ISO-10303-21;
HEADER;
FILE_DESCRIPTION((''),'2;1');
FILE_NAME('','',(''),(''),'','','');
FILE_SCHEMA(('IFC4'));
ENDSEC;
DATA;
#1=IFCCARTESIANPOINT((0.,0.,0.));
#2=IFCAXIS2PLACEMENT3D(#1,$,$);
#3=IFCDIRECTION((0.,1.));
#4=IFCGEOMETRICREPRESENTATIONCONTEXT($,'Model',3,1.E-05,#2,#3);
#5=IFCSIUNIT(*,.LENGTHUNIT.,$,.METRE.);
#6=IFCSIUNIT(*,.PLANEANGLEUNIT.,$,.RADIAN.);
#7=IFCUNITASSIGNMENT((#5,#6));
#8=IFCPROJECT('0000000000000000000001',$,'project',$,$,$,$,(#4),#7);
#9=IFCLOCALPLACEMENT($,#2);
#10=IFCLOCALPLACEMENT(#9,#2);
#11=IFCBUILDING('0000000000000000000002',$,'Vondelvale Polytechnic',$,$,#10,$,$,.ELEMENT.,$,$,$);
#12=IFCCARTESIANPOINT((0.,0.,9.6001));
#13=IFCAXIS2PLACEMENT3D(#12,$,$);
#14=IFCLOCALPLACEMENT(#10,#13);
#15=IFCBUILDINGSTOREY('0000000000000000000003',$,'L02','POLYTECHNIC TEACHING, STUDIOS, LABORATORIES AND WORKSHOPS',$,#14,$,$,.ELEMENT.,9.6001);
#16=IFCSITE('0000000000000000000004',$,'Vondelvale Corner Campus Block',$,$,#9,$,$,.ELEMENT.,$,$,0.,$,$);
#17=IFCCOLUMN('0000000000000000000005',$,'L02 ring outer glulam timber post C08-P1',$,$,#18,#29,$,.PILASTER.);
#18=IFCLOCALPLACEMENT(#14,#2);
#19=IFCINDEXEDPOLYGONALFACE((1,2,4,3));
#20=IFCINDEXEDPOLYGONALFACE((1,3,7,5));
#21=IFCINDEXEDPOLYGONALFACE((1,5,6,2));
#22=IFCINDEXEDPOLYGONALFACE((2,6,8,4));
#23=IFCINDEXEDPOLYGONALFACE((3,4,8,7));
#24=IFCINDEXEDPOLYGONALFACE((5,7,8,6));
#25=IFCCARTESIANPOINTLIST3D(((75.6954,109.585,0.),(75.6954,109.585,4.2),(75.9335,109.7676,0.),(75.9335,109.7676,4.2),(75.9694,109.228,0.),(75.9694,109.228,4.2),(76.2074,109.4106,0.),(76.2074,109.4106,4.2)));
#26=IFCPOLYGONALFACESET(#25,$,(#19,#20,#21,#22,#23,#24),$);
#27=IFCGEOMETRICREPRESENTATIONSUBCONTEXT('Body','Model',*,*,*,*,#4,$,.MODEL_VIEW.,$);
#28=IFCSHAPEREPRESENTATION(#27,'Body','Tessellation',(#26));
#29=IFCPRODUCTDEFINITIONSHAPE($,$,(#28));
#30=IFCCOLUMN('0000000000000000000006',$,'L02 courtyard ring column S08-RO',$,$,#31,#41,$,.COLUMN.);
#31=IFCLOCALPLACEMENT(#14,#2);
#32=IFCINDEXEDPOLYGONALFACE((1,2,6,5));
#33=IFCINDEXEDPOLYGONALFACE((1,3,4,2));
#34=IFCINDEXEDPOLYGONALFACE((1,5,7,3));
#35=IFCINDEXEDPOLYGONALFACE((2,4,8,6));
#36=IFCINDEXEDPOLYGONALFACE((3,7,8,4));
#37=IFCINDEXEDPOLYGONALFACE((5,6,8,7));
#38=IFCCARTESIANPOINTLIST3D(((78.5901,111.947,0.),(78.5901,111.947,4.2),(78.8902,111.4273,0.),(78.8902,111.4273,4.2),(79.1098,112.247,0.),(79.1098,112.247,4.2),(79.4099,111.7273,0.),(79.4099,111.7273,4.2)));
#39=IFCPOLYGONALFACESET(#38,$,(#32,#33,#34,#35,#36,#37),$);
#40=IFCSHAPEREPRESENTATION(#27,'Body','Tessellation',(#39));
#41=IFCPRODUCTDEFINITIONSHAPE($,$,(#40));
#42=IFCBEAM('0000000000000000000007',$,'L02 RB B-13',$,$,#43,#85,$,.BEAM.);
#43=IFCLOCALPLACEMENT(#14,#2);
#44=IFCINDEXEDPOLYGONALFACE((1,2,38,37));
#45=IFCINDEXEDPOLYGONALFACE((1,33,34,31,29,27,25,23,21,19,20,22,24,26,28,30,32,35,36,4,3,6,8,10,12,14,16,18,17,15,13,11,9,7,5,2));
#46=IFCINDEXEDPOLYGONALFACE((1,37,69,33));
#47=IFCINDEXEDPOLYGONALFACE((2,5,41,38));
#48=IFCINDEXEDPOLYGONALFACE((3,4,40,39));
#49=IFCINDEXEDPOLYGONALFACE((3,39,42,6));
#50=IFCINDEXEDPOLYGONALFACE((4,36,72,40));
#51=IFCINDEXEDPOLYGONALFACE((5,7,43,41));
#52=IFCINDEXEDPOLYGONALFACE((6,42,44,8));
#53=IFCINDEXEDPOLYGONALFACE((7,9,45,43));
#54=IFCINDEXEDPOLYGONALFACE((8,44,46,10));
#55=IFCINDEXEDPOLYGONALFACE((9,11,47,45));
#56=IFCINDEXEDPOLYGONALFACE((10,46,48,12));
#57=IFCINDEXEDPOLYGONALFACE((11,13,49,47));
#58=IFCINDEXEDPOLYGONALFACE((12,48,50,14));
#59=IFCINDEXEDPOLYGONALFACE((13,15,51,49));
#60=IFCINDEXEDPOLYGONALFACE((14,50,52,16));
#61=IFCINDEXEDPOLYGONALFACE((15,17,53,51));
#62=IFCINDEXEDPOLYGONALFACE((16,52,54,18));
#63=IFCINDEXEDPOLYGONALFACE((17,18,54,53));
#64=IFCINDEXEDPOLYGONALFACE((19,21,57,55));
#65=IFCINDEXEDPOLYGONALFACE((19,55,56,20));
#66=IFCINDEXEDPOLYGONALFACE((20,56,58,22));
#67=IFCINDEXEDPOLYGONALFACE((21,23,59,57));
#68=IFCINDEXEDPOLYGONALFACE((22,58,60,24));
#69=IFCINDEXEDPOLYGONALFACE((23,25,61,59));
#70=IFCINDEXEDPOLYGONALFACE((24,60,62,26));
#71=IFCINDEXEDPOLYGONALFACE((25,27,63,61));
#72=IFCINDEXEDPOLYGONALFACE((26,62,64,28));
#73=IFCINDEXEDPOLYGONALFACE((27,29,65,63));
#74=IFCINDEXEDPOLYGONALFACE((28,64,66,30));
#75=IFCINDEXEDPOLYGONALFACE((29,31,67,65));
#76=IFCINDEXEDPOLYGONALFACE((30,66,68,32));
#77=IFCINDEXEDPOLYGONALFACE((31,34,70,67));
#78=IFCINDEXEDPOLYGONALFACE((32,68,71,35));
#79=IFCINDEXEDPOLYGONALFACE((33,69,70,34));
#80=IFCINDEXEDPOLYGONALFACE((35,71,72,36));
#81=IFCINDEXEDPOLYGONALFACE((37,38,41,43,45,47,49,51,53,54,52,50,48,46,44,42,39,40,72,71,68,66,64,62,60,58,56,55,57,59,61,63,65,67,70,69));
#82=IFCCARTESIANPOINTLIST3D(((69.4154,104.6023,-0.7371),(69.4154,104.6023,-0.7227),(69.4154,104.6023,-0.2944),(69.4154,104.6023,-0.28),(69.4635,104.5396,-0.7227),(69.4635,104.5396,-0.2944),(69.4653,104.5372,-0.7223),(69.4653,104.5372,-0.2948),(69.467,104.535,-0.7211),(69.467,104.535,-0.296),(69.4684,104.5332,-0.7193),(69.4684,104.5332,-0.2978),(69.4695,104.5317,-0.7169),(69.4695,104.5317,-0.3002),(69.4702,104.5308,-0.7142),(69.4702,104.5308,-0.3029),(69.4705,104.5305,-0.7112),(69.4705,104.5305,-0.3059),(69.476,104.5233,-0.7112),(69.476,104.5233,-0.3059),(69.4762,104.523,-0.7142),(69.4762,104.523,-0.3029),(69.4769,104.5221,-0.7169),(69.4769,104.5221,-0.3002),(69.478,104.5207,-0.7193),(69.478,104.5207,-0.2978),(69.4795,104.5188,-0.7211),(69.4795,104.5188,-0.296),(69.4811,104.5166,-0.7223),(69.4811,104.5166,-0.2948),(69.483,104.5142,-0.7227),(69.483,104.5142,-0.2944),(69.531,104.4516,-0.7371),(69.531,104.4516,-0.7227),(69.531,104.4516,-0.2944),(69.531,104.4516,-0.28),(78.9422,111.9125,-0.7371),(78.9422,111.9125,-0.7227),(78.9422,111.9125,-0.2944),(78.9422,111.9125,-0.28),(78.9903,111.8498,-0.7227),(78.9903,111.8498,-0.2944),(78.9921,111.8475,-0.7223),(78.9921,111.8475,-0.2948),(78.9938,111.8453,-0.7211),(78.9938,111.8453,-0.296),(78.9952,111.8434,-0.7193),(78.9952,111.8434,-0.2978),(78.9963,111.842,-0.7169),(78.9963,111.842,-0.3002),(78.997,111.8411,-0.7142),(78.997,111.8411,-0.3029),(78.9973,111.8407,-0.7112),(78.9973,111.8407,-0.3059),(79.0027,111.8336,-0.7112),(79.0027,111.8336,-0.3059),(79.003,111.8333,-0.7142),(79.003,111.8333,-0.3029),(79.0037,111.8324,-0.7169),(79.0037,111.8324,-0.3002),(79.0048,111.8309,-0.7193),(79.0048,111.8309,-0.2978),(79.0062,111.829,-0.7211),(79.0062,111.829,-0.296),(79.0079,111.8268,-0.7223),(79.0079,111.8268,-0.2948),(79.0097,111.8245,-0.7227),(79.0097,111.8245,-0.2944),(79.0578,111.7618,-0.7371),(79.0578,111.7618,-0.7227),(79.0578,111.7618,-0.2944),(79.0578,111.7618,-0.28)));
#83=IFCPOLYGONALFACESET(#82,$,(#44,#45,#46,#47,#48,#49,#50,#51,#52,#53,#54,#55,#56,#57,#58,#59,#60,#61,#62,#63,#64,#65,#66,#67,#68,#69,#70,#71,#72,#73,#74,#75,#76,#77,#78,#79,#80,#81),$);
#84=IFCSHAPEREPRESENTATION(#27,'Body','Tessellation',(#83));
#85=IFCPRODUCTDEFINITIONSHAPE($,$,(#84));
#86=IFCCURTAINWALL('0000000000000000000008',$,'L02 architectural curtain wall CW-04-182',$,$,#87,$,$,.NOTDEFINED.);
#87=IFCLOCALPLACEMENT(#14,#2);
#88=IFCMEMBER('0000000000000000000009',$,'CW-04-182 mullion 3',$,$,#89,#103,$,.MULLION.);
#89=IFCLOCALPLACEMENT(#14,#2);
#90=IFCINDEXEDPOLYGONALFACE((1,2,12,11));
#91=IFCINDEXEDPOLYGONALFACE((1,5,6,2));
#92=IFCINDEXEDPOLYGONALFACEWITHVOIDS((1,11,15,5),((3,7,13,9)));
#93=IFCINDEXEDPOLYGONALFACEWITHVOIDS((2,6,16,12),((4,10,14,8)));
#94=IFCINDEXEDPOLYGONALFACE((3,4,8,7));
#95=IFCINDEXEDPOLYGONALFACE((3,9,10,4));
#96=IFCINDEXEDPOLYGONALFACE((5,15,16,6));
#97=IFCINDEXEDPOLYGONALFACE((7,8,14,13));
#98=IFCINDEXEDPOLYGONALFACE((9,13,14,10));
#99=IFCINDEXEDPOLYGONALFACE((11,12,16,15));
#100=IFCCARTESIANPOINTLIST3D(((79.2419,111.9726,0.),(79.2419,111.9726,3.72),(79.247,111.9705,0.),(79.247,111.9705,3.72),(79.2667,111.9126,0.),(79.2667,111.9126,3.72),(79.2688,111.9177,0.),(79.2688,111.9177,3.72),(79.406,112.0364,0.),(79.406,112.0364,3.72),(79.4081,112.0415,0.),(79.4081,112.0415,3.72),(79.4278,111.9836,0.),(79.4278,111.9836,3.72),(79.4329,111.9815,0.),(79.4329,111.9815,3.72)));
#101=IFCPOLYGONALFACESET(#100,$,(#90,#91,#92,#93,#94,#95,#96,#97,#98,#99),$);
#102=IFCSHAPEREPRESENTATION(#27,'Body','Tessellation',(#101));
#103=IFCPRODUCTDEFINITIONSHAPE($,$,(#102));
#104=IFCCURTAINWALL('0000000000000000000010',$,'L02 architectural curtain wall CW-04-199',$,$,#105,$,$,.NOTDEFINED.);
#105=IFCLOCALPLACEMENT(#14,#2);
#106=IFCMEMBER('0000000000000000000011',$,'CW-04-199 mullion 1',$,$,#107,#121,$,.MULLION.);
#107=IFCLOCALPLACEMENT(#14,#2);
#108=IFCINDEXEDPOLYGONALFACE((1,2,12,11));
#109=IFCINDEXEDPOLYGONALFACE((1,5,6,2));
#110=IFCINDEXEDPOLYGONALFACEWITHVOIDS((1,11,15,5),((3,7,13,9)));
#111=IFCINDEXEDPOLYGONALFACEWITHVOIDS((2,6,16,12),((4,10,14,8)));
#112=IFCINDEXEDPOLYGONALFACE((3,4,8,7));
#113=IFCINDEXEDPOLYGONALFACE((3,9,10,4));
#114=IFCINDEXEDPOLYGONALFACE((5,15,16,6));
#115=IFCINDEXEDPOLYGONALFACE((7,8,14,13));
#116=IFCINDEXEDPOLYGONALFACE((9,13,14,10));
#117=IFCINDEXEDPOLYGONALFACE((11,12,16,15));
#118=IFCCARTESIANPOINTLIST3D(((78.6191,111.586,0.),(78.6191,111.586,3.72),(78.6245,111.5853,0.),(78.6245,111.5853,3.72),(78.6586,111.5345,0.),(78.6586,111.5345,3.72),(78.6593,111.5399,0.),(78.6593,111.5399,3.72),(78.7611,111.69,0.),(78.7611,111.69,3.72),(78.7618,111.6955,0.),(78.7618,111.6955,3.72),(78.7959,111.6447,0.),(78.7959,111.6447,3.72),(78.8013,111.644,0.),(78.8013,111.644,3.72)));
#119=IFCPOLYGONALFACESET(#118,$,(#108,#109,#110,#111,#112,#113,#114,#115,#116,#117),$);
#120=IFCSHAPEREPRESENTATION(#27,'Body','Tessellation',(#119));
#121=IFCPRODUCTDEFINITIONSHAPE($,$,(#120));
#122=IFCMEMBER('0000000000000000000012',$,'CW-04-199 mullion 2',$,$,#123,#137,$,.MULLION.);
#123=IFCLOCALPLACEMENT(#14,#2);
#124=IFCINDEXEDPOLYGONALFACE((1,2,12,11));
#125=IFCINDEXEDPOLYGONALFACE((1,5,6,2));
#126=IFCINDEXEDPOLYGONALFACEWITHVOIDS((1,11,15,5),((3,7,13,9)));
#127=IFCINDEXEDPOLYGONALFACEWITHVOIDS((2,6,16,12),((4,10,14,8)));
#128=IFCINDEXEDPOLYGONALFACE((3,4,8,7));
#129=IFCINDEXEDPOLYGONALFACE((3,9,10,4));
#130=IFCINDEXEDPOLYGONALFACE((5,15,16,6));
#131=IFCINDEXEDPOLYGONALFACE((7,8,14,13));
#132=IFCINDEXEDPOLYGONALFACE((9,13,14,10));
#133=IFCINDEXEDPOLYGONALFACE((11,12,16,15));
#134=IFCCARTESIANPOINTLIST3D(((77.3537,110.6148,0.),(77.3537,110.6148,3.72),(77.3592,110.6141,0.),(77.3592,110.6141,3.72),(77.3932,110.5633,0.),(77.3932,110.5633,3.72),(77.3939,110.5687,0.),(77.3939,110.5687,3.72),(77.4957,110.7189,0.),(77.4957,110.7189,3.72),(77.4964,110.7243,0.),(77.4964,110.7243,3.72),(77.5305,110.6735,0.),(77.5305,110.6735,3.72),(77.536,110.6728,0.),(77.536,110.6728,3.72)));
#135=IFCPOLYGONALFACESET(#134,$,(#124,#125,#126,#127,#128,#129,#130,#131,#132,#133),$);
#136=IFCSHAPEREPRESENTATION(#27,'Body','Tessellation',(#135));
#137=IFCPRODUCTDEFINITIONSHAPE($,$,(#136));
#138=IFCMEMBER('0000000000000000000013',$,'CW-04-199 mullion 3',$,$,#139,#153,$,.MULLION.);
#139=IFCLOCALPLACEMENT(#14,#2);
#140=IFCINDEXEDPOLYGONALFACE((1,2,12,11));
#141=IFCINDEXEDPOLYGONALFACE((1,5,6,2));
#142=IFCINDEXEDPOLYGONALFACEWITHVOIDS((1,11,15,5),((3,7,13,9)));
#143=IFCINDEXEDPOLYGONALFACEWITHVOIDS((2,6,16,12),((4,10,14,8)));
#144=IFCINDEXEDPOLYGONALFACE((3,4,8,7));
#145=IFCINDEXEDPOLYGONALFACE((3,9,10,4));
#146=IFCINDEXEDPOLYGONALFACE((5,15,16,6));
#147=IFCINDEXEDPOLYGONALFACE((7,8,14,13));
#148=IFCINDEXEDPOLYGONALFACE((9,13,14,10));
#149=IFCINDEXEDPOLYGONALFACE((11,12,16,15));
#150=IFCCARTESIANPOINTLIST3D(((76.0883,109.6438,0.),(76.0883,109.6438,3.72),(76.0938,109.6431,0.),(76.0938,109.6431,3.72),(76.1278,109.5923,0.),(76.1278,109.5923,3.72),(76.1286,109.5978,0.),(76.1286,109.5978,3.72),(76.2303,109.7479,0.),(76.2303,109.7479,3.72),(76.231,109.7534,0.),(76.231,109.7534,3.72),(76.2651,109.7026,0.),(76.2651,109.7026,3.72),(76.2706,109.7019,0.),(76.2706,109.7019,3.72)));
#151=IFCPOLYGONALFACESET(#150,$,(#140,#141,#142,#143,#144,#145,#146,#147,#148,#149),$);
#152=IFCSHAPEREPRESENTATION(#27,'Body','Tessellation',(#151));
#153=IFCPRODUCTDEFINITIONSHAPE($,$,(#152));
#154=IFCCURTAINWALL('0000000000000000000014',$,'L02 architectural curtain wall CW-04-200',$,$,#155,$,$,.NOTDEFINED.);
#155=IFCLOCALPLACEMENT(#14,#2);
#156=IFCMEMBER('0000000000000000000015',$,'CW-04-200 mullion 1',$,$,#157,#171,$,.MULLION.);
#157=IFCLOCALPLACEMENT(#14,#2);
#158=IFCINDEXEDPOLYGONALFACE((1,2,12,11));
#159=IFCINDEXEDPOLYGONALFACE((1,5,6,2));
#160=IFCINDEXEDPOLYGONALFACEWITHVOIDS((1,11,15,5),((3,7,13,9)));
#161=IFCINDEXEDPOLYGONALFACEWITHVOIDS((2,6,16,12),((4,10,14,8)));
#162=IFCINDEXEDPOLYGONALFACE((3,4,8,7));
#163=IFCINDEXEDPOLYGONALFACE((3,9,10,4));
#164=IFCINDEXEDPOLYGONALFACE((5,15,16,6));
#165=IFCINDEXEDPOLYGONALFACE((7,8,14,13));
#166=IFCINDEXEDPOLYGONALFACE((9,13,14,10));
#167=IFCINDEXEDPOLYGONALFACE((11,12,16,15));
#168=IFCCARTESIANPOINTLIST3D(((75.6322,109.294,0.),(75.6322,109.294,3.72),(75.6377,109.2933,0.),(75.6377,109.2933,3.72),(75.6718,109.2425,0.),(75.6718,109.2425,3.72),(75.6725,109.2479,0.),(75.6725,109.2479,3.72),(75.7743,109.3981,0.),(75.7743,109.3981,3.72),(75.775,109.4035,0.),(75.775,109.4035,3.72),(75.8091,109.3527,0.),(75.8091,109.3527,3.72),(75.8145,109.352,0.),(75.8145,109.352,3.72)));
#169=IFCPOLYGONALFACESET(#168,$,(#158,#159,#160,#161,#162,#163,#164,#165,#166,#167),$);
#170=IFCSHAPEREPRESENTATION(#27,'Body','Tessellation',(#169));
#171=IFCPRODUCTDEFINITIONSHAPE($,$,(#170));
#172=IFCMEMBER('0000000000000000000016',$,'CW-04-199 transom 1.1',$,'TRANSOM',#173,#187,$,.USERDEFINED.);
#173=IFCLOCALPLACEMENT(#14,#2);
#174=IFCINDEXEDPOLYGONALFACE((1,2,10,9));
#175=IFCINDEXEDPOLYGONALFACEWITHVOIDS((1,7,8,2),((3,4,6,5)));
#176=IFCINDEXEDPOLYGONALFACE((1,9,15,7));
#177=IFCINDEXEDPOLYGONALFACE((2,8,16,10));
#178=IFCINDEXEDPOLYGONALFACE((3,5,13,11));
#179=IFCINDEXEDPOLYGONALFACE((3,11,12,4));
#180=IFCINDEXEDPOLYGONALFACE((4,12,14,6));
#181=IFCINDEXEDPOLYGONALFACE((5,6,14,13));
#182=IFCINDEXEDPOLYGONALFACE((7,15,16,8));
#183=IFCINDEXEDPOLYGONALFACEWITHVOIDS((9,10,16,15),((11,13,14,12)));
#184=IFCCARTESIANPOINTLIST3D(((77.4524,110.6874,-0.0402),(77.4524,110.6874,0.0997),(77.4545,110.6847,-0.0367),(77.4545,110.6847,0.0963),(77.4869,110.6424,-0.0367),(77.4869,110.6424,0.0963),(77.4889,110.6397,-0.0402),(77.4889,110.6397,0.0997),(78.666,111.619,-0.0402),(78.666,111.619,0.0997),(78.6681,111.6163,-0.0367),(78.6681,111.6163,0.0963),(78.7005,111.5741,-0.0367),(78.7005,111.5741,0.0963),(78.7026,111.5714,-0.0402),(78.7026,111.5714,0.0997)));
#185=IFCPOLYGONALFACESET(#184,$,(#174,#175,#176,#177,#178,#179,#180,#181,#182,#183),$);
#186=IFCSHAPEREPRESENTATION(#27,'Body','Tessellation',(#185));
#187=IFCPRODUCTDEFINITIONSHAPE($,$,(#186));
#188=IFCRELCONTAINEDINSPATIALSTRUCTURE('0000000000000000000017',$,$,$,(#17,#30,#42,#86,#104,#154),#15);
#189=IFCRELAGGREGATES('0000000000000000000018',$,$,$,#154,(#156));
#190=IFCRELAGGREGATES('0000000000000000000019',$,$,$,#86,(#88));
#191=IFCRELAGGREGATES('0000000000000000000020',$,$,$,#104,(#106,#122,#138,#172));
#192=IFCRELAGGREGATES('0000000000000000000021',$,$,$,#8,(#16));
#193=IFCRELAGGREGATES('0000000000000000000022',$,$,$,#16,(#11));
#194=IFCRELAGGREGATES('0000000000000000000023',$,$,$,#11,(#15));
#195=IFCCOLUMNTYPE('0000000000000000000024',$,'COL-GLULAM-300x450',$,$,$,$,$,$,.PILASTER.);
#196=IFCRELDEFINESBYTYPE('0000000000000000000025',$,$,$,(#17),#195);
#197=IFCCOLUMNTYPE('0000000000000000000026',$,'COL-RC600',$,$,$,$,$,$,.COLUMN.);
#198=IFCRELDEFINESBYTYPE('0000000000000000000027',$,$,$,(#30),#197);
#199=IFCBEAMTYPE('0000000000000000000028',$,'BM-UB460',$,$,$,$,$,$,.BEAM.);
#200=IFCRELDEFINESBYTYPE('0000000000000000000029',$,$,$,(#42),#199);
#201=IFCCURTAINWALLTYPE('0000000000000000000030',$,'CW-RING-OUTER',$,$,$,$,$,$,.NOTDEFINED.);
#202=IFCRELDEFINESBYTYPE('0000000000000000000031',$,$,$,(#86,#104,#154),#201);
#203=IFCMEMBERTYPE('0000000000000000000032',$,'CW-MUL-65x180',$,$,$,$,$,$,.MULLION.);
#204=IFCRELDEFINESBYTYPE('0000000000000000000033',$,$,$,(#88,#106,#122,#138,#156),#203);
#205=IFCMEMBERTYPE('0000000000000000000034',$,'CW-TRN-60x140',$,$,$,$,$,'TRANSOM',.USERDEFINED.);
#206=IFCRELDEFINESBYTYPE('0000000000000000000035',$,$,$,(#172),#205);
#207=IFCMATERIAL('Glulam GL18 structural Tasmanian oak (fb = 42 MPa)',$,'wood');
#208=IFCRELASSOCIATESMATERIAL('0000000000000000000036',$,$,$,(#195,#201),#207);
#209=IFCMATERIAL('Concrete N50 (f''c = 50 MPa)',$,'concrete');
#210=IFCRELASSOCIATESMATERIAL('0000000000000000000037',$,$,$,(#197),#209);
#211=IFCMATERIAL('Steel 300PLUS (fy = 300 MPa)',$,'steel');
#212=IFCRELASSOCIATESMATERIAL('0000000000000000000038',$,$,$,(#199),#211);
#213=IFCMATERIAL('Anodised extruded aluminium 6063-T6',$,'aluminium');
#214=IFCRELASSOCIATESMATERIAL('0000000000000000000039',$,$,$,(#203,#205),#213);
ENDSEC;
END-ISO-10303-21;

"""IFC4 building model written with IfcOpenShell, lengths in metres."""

from ifc_helpers import new_model, si_unit, direction, frame, origin, origin_2d, place, context, subcontext, project, spatial, rectangle, hollow_rectangle, i_section, extrude, material, material_profile, profile_set, type_object, element, aggregate, save


model = new_model("IFC4")

# Units and contexts
model_context = context("Model", 3, precision=1e-05, world=origin(), true_north=direction((0.0, 1.0)))
body_context = subcontext(model_context, "Body", "Model", "MODEL_VIEW")
ifc_project = project(units=[si_unit("LENGTHUNIT", "METRE"), si_unit("PLANEANGLEUNIT", "RADIAN")], contexts=[model_context])

# Site, building, storey
site_placement = place(None, origin())
site = spatial("IfcSite", under=ifc_project, at=site_placement, Name="Vondelvale Corner Campus Block", CompositionType="ELEMENT", RefElevation=0.0)
building_placement = place(site_placement, origin())
building = spatial("IfcBuilding", under=site, at=building_placement, Name="Vondelvale Polytechnic", CompositionType="ELEMENT")
storey_placement = place(building_placement, frame((0.0, 0.0, 9.6001)))
storey = spatial("IfcBuildingStorey", under=building, at=storey_placement, Name="L02", Description="POLYTECHNIC TEACHING, STUDIOS, LABORATORIES AND WORKSHOPS", CompositionType="ELEMENT", Elevation=9.6001)

# Columns
ifc_material_1 = material(Name="Glulam GL18 structural Tasmanian oak (fb = 42 MPa)", Category="wood")
ifc_material_profile_1 = material_profile(ifc_material_1, rectangle(XDim=0.3, YDim=0.45, at=origin_2d()), Name="GL-POST-300x450")
ifc_profile_set_1 = profile_set([ifc_material_profile_1], Name="Glulam GL18 structural Tasmanian oak (fb = 42 MPa)")
column_type_1 = type_object("IfcColumnType", Name="COL-GLULAM-300x450", PredefinedType="PILASTER", material=ifc_profile_set_1)
column_1_placement = place(storey_placement, frame((75.9514, 109.4978, 0.0), z_axis=(0.0, 0.0, 1.0), x_axis=(0.793353, 0.608761, 0.0)))
element("IfcColumn", 1, at=column_1_placement, inside=storey, type_object=column_type_1, Name="L02 ring outer glulam timber post C08-P1", PredefinedType="PILASTER", context=body_context, shape_type="SweptSolid", body=[
    extrude(rectangle(XDim=0.3, YDim=0.45, at=origin_2d()), origin(), (0.0, 0.0, 1.0), 4.2),
])
ifc_material_2 = material(Name="Concrete N50 (f'c = 50 MPa)", Category="concrete")
ifc_material_profile_2 = material_profile(ifc_material_2, rectangle(XDim=0.6001, YDim=0.6001, at=origin_2d()), Name="RC-COL-600x600")
ifc_profile_set_2 = profile_set([ifc_material_profile_2], Name="Concrete N50 (f'c = 50 MPa)")
column_type_2 = type_object("IfcColumnType", Name="COL-RC600", PredefinedType="COLUMN", material=ifc_profile_set_2)
column_2_placement = place(storey_placement, frame((79.0, 111.8372, 0.0), z_axis=(0.0, 0.0, 1.0), x_axis=(-0.5, 0.866025, 0.0)))
element("IfcColumn", 2, at=column_2_placement, inside=storey, type_object=column_type_2, Name="L02 courtyard ring column S08-RO", PredefinedType="COLUMN", context=body_context, shape_type="SweptSolid", body=[
    extrude(rectangle(XDim=0.6001, YDim=0.6001, at=origin_2d()), origin(), (0.0, 0.0, 1.0), 4.2),
])

# Beam
ifc_material_3 = material(Name="Steel 300PLUS (fy = 300 MPa)", Category="steel")
ifc_material_profile_3 = material_profile(ifc_material_3, i_section(OverallWidth=0.1899, OverallDepth=0.457, WebThickness=0.009, FlangeThickness=0.0144, FilletRadius=0.0115, at=origin_2d()), Name="460UB74.6")
ifc_profile_set_3 = profile_set([ifc_material_profile_3], Name="Steel 300PLUS (fy = 300 MPa)")
beam_type = type_object("IfcBeamType", Name="BM-UB460", PredefinedType="BEAM", material=ifc_profile_set_3)
beam_placement = place(storey_placement, frame((79.0, 111.8372, -0.5085), z_axis=(-0.79335, -0.608766, 0.0), x_axis=(0.608766, -0.79335, 0.0)))
element("IfcBeam", 3, at=beam_placement, inside=storey, type_object=beam_type, Name="L02 RB B-13", PredefinedType="BEAM", context=body_context, shape_type="SweptSolid", body=[
    extrude(i_section(OverallWidth=0.1899, OverallDepth=0.457, WebThickness=0.009, FlangeThickness=0.0144, FilletRadius=0.0115, at=origin_2d()), origin(), (0.0, 0.0, 1.0), 12.0083),
])

# Curtain wall, member
curtain_wall_type = type_object("IfcCurtainWallType", Name="CW-RING-OUTER", PredefinedType="NOTDEFINED", material=ifc_material_1)
curtain_wall_1_placement = place(storey_placement, origin())
curtain_wall_1 = element("IfcCurtainWall", 4, at=curtain_wall_1_placement, inside=storey, type_object=curtain_wall_type, Name="L02 architectural curtain wall CW-04-182", PredefinedType="NOTDEFINED")
ifc_material_4 = material(Name="Anodised extruded aluminium 6063-T6", Category="aluminium")
ifc_material_profile_4 = material_profile(ifc_material_4, hollow_rectangle(XDim=0.0649, YDim=0.1799, WallThickness=0.0039, at=origin_2d()), Name="CW-MUL-180x65")
ifc_profile_set_4 = profile_set([ifc_material_profile_4], Name="Anodised extruded aluminium 6063-T6")
member_type_1 = type_object("IfcMemberType", Name="CW-MUL-65x180", PredefinedType="MULLION", material=ifc_profile_set_4)
member_1_placement = place(storey_placement, frame((79.3374, 111.9771, 0.0), z_axis=(0.0, 0.0, 1.0), x_axis=(0.382677, -0.923882, 0.0)))
member_1 = element("IfcMember", 5, at=member_1_placement, type_object=member_type_1, Name="CW-04-182 mullion 3", PredefinedType="MULLION", context=body_context, shape_type="SweptSolid", body=[
    extrude(hollow_rectangle(XDim=0.0649, YDim=0.1799, WallThickness=0.0039, at=origin_2d()), origin(), (0.0, 0.0, 1.0), 3.72),
])

# Curtain wall, members
curtain_wall_2_placement = place(storey_placement, origin())
curtain_wall_2 = element("IfcCurtainWall", 6, at=curtain_wall_2_placement, inside=storey, type_object=curtain_wall_type, Name="L02 architectural curtain wall CW-04-199", PredefinedType="NOTDEFINED")
member_2_placement = place(storey_placement, frame((78.7102, 111.615, 0.0), z_axis=(0.0, 0.0, 1.0), x_axis=(0.608787, -0.793334, 0.0)))
member_2 = element("IfcMember", 7, at=member_2_placement, type_object=member_type_1, Name="CW-04-199 mullion 1", PredefinedType="MULLION", context=body_context, shape_type="SweptSolid", body=[
    extrude(hollow_rectangle(XDim=0.0649, YDim=0.1799, WallThickness=0.0039, at=origin_2d()), origin(), (0.0, 0.0, 1.0), 3.72),
])
member_3_placement = place(storey_placement, frame((77.4448, 110.6438, 0.0), z_axis=(0.0, 0.0, 1.0), x_axis=(0.608787, -0.793334, 0.0)))
member_3 = element("IfcMember", 8, at=member_3_placement, type_object=member_type_1, Name="CW-04-199 mullion 2", PredefinedType="MULLION", context=body_context, shape_type="SweptSolid", body=[
    extrude(hollow_rectangle(XDim=0.0649, YDim=0.1799, WallThickness=0.0039, at=origin_2d()), origin(), (0.0, 0.0, 1.0), 3.72),
])
member_4_placement = place(storey_placement, frame((76.1794, 109.6729, 0.0), z_axis=(0.0, 0.0, 1.0), x_axis=(0.608787, -0.793334, 0.0)))
member_4 = element("IfcMember", 9, at=member_4_placement, type_object=member_type_1, Name="CW-04-199 mullion 3", PredefinedType="MULLION", context=body_context, shape_type="SweptSolid", body=[
    extrude(hollow_rectangle(XDim=0.0649, YDim=0.1799, WallThickness=0.0039, at=origin_2d()), origin(), (0.0, 0.0, 1.0), 3.72),
])

# Curtain wall, member
curtain_wall_3_placement = place(storey_placement, origin())
curtain_wall_3 = element("IfcCurtainWall", 10, at=curtain_wall_3_placement, inside=storey, type_object=curtain_wall_type, Name="L02 architectural curtain wall CW-04-200", PredefinedType="NOTDEFINED")
member_5_placement = place(storey_placement, frame((75.7234, 109.323, 0.0), z_axis=(0.0, 0.0, 1.0), x_axis=(0.608771, -0.793346, 0.0)))
member_5 = element("IfcMember", 11, at=member_5_placement, type_object=member_type_1, Name="CW-04-200 mullion 1", PredefinedType="MULLION", context=body_context, shape_type="SweptSolid", body=[
    extrude(hollow_rectangle(XDim=0.0649, YDim=0.1799, WallThickness=0.0039, at=origin_2d()), origin(), (0.0, 0.0, 1.0), 3.72),
])

# Member
ifc_material_profile_5 = material_profile(ifc_material_4, hollow_rectangle(XDim=0.0601, YDim=0.1399, WallThickness=0.0034, at=origin_2d()), Name="CW-TRN-140x60")
ifc_profile_set_5 = profile_set([ifc_material_profile_5], Name="Anodised extruded aluminium 6063-T6")
member_type_2 = type_object("IfcMemberType", Name="CW-TRN-60x140", ElementType="TRANSOM", PredefinedType="USERDEFINED", material=ifc_profile_set_5)
member_6_placement = place(storey_placement, frame((78.6843, 111.5952, 0.0298), z_axis=(-0.793229, -0.608924, 0.0), x_axis=(0.608924, -0.793229, 0.0)))
member_6 = element("IfcMember", 12, at=member_6_placement, type_object=member_type_2, Name="CW-04-199 transom 1.1", ObjectType="TRANSOM", PredefinedType="USERDEFINED", context=body_context, shape_type="SweptSolid", body=[
    extrude(hollow_rectangle(XDim=0.0601, YDim=0.1399, WallThickness=0.0034, at=origin_2d()), origin(), (0.0, 0.0, 1.0), 1.53),
])

aggregate(curtain_wall_3, [member_5])
aggregate(curtain_wall_1, [member_1])
aggregate(curtain_wall_2, [member_2, member_3, member_4, member_6])

save(model, "model.ifc")
